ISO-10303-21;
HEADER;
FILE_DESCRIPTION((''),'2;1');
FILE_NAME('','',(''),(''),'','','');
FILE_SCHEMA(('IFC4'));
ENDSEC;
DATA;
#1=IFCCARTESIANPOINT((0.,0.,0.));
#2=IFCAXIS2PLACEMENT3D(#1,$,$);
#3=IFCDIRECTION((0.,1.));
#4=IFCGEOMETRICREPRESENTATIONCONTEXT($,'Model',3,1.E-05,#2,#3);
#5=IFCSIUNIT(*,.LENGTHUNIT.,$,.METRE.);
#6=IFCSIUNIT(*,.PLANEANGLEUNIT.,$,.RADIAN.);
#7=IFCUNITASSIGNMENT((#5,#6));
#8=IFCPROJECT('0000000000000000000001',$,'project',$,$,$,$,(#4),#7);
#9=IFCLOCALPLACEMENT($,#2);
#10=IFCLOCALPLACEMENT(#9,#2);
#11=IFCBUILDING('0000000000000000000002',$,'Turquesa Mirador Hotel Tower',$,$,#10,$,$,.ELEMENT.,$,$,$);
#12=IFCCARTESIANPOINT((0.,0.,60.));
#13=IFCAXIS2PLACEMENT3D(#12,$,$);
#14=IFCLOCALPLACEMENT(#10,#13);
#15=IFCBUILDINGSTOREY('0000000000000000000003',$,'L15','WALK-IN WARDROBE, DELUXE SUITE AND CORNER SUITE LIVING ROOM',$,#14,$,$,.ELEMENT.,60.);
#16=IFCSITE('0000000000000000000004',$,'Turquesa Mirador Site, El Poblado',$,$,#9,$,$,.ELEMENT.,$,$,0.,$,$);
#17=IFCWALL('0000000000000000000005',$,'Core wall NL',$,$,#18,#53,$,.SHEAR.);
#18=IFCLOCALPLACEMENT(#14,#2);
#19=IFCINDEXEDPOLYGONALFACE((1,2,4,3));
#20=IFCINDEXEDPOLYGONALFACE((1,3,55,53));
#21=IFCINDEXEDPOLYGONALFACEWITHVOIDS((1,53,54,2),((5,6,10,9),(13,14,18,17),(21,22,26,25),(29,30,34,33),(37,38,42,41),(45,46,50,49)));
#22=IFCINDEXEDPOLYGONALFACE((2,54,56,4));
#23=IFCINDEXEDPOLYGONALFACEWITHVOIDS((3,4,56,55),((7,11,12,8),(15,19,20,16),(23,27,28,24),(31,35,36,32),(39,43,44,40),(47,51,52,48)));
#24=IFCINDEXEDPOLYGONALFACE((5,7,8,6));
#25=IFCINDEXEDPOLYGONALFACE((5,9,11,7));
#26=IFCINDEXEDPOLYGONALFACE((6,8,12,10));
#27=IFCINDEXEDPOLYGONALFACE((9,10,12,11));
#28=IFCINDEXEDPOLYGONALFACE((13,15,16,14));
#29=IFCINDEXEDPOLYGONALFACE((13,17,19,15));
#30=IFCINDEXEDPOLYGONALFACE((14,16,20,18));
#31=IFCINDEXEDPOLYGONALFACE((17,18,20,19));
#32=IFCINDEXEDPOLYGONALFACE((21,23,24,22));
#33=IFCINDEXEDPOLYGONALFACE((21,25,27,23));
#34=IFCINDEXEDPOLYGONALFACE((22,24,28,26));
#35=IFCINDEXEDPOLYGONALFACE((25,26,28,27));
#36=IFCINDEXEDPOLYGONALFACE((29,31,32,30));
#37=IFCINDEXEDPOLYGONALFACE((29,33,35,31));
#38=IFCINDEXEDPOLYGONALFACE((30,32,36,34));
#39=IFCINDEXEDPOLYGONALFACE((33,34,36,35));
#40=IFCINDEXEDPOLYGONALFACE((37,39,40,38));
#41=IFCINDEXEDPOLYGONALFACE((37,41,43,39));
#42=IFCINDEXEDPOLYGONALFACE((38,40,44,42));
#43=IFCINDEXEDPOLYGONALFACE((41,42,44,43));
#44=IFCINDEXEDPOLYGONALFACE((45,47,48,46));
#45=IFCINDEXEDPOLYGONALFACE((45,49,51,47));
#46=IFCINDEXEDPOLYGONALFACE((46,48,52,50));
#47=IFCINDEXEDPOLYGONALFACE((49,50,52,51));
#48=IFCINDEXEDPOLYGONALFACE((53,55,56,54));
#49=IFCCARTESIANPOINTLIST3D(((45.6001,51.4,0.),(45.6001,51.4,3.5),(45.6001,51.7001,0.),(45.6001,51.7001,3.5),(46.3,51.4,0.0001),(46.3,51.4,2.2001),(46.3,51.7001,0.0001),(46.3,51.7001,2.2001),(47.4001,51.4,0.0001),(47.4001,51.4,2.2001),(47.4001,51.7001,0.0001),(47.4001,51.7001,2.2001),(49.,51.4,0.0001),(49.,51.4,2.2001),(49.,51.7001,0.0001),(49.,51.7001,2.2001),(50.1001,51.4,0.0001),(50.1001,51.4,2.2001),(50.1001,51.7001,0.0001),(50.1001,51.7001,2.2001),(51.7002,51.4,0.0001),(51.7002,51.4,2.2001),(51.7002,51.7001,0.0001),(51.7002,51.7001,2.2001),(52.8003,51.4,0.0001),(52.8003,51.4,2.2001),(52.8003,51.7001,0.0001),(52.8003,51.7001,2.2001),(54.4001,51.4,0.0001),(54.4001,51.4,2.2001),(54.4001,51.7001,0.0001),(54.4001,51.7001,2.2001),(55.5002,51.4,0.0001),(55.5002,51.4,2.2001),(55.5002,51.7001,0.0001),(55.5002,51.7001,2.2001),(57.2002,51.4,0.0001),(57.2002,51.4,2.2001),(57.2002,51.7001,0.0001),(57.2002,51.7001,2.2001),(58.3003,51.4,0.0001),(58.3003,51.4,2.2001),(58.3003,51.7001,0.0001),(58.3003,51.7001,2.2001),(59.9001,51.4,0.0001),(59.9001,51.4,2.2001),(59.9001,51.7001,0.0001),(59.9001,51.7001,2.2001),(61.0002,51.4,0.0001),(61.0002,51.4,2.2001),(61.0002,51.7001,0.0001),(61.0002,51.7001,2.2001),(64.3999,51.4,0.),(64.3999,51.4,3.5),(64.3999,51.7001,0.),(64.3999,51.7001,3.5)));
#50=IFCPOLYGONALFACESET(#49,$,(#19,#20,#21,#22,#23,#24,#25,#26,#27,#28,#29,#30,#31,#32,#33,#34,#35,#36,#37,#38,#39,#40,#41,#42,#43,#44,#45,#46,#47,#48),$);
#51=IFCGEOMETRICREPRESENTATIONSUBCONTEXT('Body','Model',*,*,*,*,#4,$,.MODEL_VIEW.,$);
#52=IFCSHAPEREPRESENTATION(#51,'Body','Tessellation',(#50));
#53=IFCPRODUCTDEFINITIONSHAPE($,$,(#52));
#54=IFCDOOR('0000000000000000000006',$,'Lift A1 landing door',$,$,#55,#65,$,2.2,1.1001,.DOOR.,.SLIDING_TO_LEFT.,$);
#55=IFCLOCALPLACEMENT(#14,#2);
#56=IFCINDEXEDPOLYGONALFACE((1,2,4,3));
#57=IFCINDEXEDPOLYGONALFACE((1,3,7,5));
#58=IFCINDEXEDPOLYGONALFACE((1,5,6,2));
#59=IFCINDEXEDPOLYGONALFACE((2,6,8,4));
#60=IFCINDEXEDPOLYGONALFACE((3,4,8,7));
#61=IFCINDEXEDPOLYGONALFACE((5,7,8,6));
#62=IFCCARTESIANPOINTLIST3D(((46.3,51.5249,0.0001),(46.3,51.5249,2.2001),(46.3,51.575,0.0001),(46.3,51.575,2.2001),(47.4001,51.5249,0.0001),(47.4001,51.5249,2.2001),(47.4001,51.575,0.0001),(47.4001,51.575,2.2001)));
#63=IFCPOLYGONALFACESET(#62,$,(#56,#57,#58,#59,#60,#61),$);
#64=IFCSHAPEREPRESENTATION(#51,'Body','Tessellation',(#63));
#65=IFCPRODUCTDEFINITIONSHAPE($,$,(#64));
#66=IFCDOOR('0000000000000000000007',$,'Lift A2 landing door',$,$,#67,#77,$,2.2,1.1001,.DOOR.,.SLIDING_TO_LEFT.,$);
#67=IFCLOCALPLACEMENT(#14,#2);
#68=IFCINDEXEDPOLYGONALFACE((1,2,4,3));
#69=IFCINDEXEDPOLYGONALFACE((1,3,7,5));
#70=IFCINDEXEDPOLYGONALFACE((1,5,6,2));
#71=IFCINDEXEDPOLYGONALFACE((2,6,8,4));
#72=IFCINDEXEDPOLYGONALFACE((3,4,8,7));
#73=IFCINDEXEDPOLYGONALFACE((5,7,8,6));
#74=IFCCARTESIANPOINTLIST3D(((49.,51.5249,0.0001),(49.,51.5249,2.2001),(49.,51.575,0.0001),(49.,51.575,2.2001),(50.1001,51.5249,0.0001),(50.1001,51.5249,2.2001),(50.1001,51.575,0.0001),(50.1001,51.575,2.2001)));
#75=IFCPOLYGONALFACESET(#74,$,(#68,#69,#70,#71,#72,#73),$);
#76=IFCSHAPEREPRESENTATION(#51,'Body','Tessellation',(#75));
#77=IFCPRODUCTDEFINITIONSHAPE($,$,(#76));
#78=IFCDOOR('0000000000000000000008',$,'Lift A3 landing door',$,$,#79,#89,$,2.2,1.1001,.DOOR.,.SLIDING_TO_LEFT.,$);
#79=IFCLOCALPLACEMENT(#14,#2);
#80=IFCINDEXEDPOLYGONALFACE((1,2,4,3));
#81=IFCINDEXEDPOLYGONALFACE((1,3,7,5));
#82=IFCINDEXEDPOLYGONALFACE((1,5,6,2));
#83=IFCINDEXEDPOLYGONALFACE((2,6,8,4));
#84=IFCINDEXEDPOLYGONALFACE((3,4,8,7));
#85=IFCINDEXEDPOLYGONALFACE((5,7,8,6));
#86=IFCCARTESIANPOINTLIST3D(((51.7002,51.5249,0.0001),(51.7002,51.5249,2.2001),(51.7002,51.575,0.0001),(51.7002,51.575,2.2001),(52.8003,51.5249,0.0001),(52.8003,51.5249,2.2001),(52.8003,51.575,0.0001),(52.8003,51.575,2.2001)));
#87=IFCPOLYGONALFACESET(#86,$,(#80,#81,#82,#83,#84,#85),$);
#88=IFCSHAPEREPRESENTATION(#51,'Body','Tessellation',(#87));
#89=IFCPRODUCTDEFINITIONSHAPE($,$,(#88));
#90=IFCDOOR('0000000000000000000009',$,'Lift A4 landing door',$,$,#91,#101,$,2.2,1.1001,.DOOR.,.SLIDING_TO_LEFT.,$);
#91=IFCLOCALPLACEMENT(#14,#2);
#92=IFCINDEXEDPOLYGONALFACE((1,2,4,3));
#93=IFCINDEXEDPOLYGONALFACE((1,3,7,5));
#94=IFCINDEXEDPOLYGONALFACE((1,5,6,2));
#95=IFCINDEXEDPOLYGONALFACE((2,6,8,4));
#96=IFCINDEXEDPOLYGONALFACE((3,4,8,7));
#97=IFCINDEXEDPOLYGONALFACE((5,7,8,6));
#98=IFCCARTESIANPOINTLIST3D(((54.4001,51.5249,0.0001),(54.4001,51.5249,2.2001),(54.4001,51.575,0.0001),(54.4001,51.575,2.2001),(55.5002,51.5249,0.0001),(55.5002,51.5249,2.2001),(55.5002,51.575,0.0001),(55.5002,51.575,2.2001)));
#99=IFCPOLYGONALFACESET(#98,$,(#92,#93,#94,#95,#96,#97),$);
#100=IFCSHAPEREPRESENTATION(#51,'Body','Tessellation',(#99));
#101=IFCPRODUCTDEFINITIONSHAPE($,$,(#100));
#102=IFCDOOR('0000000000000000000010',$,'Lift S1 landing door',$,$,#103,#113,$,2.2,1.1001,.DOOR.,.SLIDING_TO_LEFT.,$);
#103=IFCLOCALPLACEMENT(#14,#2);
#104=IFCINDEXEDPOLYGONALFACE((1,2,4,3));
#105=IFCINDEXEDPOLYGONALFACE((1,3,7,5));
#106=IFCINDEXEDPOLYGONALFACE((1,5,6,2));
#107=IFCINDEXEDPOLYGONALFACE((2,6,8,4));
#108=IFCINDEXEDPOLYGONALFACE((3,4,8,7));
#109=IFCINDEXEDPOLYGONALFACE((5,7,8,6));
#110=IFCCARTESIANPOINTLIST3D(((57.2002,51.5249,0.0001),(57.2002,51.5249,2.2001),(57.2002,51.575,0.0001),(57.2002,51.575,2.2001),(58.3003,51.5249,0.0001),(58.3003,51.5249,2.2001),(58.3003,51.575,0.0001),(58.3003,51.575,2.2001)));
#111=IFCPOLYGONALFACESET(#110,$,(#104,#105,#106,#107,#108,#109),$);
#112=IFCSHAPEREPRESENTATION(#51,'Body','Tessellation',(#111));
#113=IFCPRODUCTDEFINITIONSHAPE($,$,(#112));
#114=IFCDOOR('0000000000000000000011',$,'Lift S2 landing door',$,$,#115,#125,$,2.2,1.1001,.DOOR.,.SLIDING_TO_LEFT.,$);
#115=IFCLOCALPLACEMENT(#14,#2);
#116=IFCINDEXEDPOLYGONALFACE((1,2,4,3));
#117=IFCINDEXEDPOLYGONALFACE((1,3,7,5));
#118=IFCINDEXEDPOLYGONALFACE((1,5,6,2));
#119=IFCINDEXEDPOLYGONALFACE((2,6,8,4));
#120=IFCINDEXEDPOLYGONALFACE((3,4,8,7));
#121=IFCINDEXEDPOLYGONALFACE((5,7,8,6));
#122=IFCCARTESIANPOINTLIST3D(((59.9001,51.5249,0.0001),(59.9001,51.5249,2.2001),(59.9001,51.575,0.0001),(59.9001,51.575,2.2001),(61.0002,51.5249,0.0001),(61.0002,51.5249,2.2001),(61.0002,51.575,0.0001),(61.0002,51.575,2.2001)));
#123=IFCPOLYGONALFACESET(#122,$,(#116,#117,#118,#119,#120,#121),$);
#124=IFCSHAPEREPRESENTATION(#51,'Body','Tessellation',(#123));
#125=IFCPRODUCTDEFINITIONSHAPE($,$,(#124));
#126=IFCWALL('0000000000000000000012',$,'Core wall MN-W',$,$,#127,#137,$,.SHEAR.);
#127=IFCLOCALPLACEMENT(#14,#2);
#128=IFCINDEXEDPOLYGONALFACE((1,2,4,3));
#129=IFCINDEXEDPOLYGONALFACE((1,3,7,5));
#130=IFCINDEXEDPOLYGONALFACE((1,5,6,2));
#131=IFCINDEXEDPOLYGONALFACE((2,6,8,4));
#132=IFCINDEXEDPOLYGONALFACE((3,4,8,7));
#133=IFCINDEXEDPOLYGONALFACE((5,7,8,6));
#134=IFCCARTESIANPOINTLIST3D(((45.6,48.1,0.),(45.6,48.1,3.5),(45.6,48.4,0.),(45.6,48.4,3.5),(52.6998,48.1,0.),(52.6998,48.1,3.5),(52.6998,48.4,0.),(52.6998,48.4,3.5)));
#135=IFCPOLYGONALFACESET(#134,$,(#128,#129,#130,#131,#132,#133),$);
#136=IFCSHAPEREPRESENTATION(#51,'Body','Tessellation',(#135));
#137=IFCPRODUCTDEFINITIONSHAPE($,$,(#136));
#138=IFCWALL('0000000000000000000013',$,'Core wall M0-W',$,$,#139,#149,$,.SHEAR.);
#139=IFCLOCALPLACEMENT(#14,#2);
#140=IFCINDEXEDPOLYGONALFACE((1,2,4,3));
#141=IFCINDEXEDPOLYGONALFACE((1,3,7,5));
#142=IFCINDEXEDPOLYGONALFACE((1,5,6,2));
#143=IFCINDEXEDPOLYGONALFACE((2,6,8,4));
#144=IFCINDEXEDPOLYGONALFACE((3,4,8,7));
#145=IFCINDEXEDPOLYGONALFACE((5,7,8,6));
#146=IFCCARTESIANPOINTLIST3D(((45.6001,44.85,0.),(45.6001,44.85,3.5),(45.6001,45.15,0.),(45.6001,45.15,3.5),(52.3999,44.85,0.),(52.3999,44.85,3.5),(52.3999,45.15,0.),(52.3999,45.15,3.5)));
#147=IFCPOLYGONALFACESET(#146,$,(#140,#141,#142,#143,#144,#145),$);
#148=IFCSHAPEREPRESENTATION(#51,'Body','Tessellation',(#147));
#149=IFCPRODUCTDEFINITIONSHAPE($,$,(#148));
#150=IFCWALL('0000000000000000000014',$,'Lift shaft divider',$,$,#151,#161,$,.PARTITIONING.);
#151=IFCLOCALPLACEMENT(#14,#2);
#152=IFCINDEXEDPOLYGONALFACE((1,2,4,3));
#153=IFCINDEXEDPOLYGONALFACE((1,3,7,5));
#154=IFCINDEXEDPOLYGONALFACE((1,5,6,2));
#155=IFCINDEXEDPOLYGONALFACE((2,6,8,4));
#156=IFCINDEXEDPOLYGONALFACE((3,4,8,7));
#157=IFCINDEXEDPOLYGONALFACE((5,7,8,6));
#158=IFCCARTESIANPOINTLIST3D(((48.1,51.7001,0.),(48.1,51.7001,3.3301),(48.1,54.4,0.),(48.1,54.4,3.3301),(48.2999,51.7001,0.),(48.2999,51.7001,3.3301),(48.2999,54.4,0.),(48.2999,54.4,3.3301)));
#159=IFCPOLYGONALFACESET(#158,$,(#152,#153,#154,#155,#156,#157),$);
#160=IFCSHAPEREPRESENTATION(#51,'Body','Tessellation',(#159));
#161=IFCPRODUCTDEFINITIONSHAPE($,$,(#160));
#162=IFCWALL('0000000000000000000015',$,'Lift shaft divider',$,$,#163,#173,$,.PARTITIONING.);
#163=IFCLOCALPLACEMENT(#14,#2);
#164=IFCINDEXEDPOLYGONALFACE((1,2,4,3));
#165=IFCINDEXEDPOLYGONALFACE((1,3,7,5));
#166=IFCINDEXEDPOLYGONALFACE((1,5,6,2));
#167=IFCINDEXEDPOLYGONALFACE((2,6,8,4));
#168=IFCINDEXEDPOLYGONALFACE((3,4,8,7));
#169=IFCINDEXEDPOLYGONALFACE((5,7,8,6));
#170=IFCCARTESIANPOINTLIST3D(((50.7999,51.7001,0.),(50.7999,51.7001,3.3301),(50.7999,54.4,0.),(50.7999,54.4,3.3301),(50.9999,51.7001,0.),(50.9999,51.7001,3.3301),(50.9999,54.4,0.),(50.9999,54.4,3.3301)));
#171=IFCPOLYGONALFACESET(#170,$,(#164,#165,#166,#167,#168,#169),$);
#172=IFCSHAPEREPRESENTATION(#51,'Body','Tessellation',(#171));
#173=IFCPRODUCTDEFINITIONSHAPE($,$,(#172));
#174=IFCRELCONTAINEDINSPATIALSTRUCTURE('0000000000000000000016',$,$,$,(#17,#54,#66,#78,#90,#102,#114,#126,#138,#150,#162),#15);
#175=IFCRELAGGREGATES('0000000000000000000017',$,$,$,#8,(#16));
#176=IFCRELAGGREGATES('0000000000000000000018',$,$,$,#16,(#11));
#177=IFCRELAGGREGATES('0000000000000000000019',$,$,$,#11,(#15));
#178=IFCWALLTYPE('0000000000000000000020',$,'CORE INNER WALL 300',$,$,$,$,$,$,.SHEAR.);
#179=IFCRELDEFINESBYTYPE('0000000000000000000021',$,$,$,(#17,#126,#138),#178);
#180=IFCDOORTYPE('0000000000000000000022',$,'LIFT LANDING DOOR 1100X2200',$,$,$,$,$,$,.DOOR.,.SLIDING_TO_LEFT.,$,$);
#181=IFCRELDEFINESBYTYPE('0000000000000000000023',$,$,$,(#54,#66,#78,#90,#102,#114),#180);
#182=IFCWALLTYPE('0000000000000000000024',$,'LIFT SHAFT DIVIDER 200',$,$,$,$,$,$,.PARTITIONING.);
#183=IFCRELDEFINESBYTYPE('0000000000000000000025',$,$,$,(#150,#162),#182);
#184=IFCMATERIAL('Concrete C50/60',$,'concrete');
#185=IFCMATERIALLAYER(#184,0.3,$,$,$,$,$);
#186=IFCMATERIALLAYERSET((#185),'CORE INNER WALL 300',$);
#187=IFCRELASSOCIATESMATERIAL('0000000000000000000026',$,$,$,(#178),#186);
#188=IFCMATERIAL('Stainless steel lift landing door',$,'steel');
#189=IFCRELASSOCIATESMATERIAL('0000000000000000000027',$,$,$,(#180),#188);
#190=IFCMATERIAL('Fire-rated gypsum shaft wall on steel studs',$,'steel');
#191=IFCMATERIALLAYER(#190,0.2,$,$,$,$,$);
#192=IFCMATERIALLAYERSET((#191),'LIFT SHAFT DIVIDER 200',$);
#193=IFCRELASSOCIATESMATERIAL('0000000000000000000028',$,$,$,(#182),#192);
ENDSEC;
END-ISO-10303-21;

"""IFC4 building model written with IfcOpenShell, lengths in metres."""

from ifc_helpers import new_model, si_unit, direction, frame, frame_2d, origin, place, context, subcontext, project, spatial, rectangle, extrude, material, layer, layer_set, type_object, element, fill, save


model = new_model("IFC4")

# Units and contexts
model_context = context("Model", 3, precision=1e-05, world=origin(), true_north=direction((0.0, 1.0)))
body_context = subcontext(model_context, "Body", "Model", "MODEL_VIEW")
ifc_project = project(units=[si_unit("LENGTHUNIT", "METRE"), si_unit("PLANEANGLEUNIT", "RADIAN")], contexts=[model_context])

# Site, building, storey
site_placement = place(None, origin())
site = spatial("IfcSite", under=ifc_project, at=site_placement, Name="Turquesa Mirador Site, El Poblado", CompositionType="ELEMENT", RefElevation=0.0)
building_placement = place(site_placement, origin())
building = spatial("IfcBuilding", under=site, at=building_placement, Name="Turquesa Mirador Hotel Tower", CompositionType="ELEMENT")
storey_placement = place(building_placement, frame((0.0, 0.0, 60.0)))
storey = spatial("IfcBuildingStorey", under=building, at=storey_placement, Name="L15", Description="WALK-IN WARDROBE, DELUXE SUITE AND CORNER SUITE LIVING ROOM", CompositionType="ELEMENT", Elevation=60.0)

# Wall, openings, doors
ifc_material_1 = material(Name="Concrete C50/60", Category="concrete")
ifc_layer_1 = layer(ifc_material_1, 0.3)
ifc_layer_set_1 = layer_set([ifc_layer_1], Name="CORE INNER WALL 300")
wall_type_1 = type_object("IfcWallType", Name="CORE INNER WALL 300", PredefinedType="SHEAR", material=ifc_layer_set_1)
wall_1_placement = place(storey_placement, frame((45.6001, 51.55, 0.0), z_axis=(0.0, 0.0, 1.0), x_axis=(1.0, 0.0, 0.0)))
wall_1 = element("IfcWall", 1, at=wall_1_placement, inside=storey, type_object=wall_type_1, Name="Core wall NL", PredefinedType="SHEAR", context=body_context, shape_type="SweptSolid", body=[
    extrude(rectangle(XDim=18.7998, YDim=0.3, at=frame_2d((9.3999, 0.0))), origin(), (0.0, 0.0, 1.0), 3.5),
])
opening_1_placement = place(wall_1_placement, frame((0.7, 0.0, 0.0)))
opening_1 = element("IfcOpeningElement", 2, at=opening_1_placement, cuts=wall_1, PredefinedType="OPENING", context=body_context, shape_type="SweptSolid", body=[
    extrude(rectangle(XDim=1.1001, YDim=2.2, at=frame_2d((0.55, 1.1001))), frame((0.0, 0.1599, 0.0), z_axis=(0.0, -1.0, 0.0), x_axis=(1.0, 0.0, 0.0)), (0.0, 0.0, 1.0), 0.3201),
])
opening_2_placement = place(wall_1_placement, frame((3.3999, 0.0, 0.0)))
opening_2 = element("IfcOpeningElement", 3, at=opening_2_placement, cuts=wall_1, PredefinedType="OPENING", context=body_context, shape_type="SweptSolid", body=[
    extrude(rectangle(XDim=1.1001, YDim=2.2, at=frame_2d((0.55, 1.1001))), frame((0.0, 0.1599, 0.0), z_axis=(0.0, -1.0, 0.0), x_axis=(1.0, 0.0, 0.0)), (0.0, 0.0, 1.0), 0.3201),
])
opening_3_placement = place(wall_1_placement, frame((6.1001, 0.0, 0.0)))
opening_3 = element("IfcOpeningElement", 4, at=opening_3_placement, cuts=wall_1, PredefinedType="OPENING", context=body_context, shape_type="SweptSolid", body=[
    extrude(rectangle(XDim=1.1001, YDim=2.2, at=frame_2d((0.55, 1.1001))), frame((0.0, 0.1599, 0.0), z_axis=(0.0, -1.0, 0.0), x_axis=(1.0, 0.0, 0.0)), (0.0, 0.0, 1.0), 0.3201),
])
opening_4_placement = place(wall_1_placement, frame((8.8, 0.0, 0.0)))
opening_4 = element("IfcOpeningElement", 5, at=opening_4_placement, cuts=wall_1, PredefinedType="OPENING", context=body_context, shape_type="SweptSolid", body=[
    extrude(rectangle(XDim=1.1001, YDim=2.2, at=frame_2d((0.55, 1.1001))), frame((0.0, 0.1599, 0.0), z_axis=(0.0, -1.0, 0.0), x_axis=(1.0, 0.0, 0.0)), (0.0, 0.0, 1.0), 0.3201),
])
opening_5_placement = place(wall_1_placement, frame((11.6001, 0.0, 0.0)))
opening_5 = element("IfcOpeningElement", 6, at=opening_5_placement, cuts=wall_1, PredefinedType="OPENING", context=body_context, shape_type="SweptSolid", body=[
    extrude(rectangle(XDim=1.1001, YDim=2.2, at=frame_2d((0.55, 1.1001))), frame((0.0, 0.1599, 0.0), z_axis=(0.0, -1.0, 0.0), x_axis=(1.0, 0.0, 0.0)), (0.0, 0.0, 1.0), 0.3201),
])
opening_6_placement = place(wall_1_placement, frame((14.3, 0.0, 0.0)))
opening_6 = element("IfcOpeningElement", 7, at=opening_6_placement, cuts=wall_1, PredefinedType="OPENING", context=body_context, shape_type="SweptSolid", body=[
    extrude(rectangle(XDim=1.1001, YDim=2.2, at=frame_2d((0.55, 1.1001))), frame((0.0, 0.1599, 0.0), z_axis=(0.0, -1.0, 0.0), x_axis=(1.0, 0.0, 0.0)), (0.0, 0.0, 1.0), 0.3201),
])
ifc_material_2 = material(Name="Stainless steel lift landing door", Category="steel")
door_type_1 = type_object("IfcDoorType", Name="LIFT LANDING DOOR 1100X2200", OperationType="SLIDING_TO_LEFT", PredefinedType="DOOR", material=ifc_material_2)
door_1_placement = place(opening_1_placement, origin())
door_1 = element("IfcDoor", 8, at=door_1_placement, inside=storey, type_object=door_type_1, Name="Lift A1 landing door", OperationType="SLIDING_TO_LEFT", OverallHeight=2.2, OverallWidth=1.1001, PredefinedType="DOOR", context=body_context, shape_type="SweptSolid", body=[
    extrude(rectangle(XDim=1.1001, YDim=2.2, at=frame_2d((0.55, 1.1001))), frame((0.0, 0.0249, 0.0), z_axis=(0.0, -1.0, 0.0), x_axis=(1.0, 0.0, 0.0)), (0.0, 0.0, 1.0), 0.05),
])
fill(opening_1, door_1)
door_2_placement = place(opening_2_placement, origin())
door_2 = element("IfcDoor", 9, at=door_2_placement, inside=storey, type_object=door_type_1, Name="Lift A2 landing door", OperationType="SLIDING_TO_LEFT", OverallHeight=2.2, OverallWidth=1.1001, PredefinedType="DOOR", context=body_context, shape_type="SweptSolid", body=[
    extrude(rectangle(XDim=1.1001, YDim=2.2, at=frame_2d((0.55, 1.1001))), frame((0.0, 0.0249, 0.0), z_axis=(0.0, -1.0, 0.0), x_axis=(1.0, 0.0, 0.0)), (0.0, 0.0, 1.0), 0.05),
])
fill(opening_2, door_2)
door_3_placement = place(opening_3_placement, origin())
door_3 = element("IfcDoor", 10, at=door_3_placement, inside=storey, type_object=door_type_1, Name="Lift A3 landing door", OperationType="SLIDING_TO_LEFT", OverallHeight=2.2, OverallWidth=1.1001, PredefinedType="DOOR", context=body_context, shape_type="SweptSolid", body=[
    extrude(rectangle(XDim=1.1001, YDim=2.2, at=frame_2d((0.55, 1.1001))), frame((0.0, 0.0249, 0.0), z_axis=(0.0, -1.0, 0.0), x_axis=(1.0, 0.0, 0.0)), (0.0, 0.0, 1.0), 0.05),
])
fill(opening_3, door_3)
door_4_placement = place(opening_4_placement, origin())
door_4 = element("IfcDoor", 11, at=door_4_placement, inside=storey, type_object=door_type_1, Name="Lift A4 landing door", OperationType="SLIDING_TO_LEFT", OverallHeight=2.2, OverallWidth=1.1001, PredefinedType="DOOR", context=body_context, shape_type="SweptSolid", body=[
    extrude(rectangle(XDim=1.1001, YDim=2.2, at=frame_2d((0.55, 1.1001))), frame((0.0, 0.0249, 0.0), z_axis=(0.0, -1.0, 0.0), x_axis=(1.0, 0.0, 0.0)), (0.0, 0.0, 1.0), 0.05),
])
fill(opening_4, door_4)
door_5_placement = place(opening_5_placement, origin())
door_5 = element("IfcDoor", 12, at=door_5_placement, inside=storey, type_object=door_type_1, Name="Lift S1 landing door", OperationType="SLIDING_TO_LEFT", OverallHeight=2.2, OverallWidth=1.1001, PredefinedType="DOOR", context=body_context, shape_type="SweptSolid", body=[
    extrude(rectangle(XDim=1.1001, YDim=2.2, at=frame_2d((0.55, 1.1001))), frame((0.0, 0.0249, 0.0), z_axis=(0.0, -1.0, 0.0), x_axis=(1.0, 0.0, 0.0)), (0.0, 0.0, 1.0), 0.05),
])
fill(opening_5, door_5)
door_6_placement = place(opening_6_placement, origin())
door_6 = element("IfcDoor", 13, at=door_6_placement, inside=storey, type_object=door_type_1, Name="Lift S2 landing door", OperationType="SLIDING_TO_LEFT", OverallHeight=2.2, OverallWidth=1.1001, PredefinedType="DOOR", context=body_context, shape_type="SweptSolid", body=[
    extrude(rectangle(XDim=1.1001, YDim=2.2, at=frame_2d((0.55, 1.1001))), frame((0.0, 0.0249, 0.0), z_axis=(0.0, -1.0, 0.0), x_axis=(1.0, 0.0, 0.0)), (0.0, 0.0, 1.0), 0.05),
])
fill(opening_6, door_6)

# Walls
wall_2_placement = place(storey_placement, frame((45.6001, 48.25, 0.0), z_axis=(0.0, 0.0, 1.0), x_axis=(1.0, 0.0, 0.0)))
element("IfcWall", 14, at=wall_2_placement, inside=storey, type_object=wall_type_1, Name="Core wall MN-W", PredefinedType="SHEAR", context=body_context, shape_type="SweptSolid", body=[
    extrude(rectangle(XDim=7.0999, YDim=0.3, at=frame_2d((3.5498, 0.0))), origin(), (0.0, 0.0, 1.0), 3.5),
])
wall_3_placement = place(storey_placement, frame((45.6001, 45.0, 0.0), z_axis=(0.0, 0.0, 1.0), x_axis=(1.0, 0.0, 0.0)))
element("IfcWall", 15, at=wall_3_placement, inside=storey, type_object=wall_type_1, Name="Core wall M0-W", PredefinedType="SHEAR", context=body_context, shape_type="SweptSolid", body=[
    extrude(rectangle(XDim=6.7998, YDim=0.3, at=frame_2d((3.3999, 0.0))), origin(), (0.0, 0.0, 1.0), 3.5),
])
ifc_material_3 = material(Name="Fire-rated gypsum shaft wall on steel studs", Category="steel")
ifc_layer_2 = layer(ifc_material_3, 0.2)
ifc_layer_set_2 = layer_set([ifc_layer_2], Name="LIFT SHAFT DIVIDER 200")
wall_type_2 = type_object("IfcWallType", Name="LIFT SHAFT DIVIDER 200", PredefinedType="PARTITIONING", material=ifc_layer_set_2)
for number, where, z_axis, x_axis, name in (
    (16, (48.2, 51.7, 0.0), (0.0, 0.0, 1.0), (0.0, 1.0, 0.0), "Lift shaft divider"),
    (17, (50.8999, 51.7, 0.0), (0.0, 0.0, 1.0), (0.0, 1.0, 0.0), "Lift shaft divider"),
):
    element("IfcWall", number, at=place(storey_placement, frame(where, z_axis=z_axis, x_axis=x_axis)), inside=storey, type_object=wall_type_2, Name=name, PredefinedType="PARTITIONING", context=body_context, shape_type="SweptSolid", body=[
        extrude(rectangle(XDim=2.7, YDim=0.2, at=frame_2d((1.3501, 0.0))), origin(), (0.0, 0.0, 1.0), 3.3301),
    ])

save(model, "model.ifc")
